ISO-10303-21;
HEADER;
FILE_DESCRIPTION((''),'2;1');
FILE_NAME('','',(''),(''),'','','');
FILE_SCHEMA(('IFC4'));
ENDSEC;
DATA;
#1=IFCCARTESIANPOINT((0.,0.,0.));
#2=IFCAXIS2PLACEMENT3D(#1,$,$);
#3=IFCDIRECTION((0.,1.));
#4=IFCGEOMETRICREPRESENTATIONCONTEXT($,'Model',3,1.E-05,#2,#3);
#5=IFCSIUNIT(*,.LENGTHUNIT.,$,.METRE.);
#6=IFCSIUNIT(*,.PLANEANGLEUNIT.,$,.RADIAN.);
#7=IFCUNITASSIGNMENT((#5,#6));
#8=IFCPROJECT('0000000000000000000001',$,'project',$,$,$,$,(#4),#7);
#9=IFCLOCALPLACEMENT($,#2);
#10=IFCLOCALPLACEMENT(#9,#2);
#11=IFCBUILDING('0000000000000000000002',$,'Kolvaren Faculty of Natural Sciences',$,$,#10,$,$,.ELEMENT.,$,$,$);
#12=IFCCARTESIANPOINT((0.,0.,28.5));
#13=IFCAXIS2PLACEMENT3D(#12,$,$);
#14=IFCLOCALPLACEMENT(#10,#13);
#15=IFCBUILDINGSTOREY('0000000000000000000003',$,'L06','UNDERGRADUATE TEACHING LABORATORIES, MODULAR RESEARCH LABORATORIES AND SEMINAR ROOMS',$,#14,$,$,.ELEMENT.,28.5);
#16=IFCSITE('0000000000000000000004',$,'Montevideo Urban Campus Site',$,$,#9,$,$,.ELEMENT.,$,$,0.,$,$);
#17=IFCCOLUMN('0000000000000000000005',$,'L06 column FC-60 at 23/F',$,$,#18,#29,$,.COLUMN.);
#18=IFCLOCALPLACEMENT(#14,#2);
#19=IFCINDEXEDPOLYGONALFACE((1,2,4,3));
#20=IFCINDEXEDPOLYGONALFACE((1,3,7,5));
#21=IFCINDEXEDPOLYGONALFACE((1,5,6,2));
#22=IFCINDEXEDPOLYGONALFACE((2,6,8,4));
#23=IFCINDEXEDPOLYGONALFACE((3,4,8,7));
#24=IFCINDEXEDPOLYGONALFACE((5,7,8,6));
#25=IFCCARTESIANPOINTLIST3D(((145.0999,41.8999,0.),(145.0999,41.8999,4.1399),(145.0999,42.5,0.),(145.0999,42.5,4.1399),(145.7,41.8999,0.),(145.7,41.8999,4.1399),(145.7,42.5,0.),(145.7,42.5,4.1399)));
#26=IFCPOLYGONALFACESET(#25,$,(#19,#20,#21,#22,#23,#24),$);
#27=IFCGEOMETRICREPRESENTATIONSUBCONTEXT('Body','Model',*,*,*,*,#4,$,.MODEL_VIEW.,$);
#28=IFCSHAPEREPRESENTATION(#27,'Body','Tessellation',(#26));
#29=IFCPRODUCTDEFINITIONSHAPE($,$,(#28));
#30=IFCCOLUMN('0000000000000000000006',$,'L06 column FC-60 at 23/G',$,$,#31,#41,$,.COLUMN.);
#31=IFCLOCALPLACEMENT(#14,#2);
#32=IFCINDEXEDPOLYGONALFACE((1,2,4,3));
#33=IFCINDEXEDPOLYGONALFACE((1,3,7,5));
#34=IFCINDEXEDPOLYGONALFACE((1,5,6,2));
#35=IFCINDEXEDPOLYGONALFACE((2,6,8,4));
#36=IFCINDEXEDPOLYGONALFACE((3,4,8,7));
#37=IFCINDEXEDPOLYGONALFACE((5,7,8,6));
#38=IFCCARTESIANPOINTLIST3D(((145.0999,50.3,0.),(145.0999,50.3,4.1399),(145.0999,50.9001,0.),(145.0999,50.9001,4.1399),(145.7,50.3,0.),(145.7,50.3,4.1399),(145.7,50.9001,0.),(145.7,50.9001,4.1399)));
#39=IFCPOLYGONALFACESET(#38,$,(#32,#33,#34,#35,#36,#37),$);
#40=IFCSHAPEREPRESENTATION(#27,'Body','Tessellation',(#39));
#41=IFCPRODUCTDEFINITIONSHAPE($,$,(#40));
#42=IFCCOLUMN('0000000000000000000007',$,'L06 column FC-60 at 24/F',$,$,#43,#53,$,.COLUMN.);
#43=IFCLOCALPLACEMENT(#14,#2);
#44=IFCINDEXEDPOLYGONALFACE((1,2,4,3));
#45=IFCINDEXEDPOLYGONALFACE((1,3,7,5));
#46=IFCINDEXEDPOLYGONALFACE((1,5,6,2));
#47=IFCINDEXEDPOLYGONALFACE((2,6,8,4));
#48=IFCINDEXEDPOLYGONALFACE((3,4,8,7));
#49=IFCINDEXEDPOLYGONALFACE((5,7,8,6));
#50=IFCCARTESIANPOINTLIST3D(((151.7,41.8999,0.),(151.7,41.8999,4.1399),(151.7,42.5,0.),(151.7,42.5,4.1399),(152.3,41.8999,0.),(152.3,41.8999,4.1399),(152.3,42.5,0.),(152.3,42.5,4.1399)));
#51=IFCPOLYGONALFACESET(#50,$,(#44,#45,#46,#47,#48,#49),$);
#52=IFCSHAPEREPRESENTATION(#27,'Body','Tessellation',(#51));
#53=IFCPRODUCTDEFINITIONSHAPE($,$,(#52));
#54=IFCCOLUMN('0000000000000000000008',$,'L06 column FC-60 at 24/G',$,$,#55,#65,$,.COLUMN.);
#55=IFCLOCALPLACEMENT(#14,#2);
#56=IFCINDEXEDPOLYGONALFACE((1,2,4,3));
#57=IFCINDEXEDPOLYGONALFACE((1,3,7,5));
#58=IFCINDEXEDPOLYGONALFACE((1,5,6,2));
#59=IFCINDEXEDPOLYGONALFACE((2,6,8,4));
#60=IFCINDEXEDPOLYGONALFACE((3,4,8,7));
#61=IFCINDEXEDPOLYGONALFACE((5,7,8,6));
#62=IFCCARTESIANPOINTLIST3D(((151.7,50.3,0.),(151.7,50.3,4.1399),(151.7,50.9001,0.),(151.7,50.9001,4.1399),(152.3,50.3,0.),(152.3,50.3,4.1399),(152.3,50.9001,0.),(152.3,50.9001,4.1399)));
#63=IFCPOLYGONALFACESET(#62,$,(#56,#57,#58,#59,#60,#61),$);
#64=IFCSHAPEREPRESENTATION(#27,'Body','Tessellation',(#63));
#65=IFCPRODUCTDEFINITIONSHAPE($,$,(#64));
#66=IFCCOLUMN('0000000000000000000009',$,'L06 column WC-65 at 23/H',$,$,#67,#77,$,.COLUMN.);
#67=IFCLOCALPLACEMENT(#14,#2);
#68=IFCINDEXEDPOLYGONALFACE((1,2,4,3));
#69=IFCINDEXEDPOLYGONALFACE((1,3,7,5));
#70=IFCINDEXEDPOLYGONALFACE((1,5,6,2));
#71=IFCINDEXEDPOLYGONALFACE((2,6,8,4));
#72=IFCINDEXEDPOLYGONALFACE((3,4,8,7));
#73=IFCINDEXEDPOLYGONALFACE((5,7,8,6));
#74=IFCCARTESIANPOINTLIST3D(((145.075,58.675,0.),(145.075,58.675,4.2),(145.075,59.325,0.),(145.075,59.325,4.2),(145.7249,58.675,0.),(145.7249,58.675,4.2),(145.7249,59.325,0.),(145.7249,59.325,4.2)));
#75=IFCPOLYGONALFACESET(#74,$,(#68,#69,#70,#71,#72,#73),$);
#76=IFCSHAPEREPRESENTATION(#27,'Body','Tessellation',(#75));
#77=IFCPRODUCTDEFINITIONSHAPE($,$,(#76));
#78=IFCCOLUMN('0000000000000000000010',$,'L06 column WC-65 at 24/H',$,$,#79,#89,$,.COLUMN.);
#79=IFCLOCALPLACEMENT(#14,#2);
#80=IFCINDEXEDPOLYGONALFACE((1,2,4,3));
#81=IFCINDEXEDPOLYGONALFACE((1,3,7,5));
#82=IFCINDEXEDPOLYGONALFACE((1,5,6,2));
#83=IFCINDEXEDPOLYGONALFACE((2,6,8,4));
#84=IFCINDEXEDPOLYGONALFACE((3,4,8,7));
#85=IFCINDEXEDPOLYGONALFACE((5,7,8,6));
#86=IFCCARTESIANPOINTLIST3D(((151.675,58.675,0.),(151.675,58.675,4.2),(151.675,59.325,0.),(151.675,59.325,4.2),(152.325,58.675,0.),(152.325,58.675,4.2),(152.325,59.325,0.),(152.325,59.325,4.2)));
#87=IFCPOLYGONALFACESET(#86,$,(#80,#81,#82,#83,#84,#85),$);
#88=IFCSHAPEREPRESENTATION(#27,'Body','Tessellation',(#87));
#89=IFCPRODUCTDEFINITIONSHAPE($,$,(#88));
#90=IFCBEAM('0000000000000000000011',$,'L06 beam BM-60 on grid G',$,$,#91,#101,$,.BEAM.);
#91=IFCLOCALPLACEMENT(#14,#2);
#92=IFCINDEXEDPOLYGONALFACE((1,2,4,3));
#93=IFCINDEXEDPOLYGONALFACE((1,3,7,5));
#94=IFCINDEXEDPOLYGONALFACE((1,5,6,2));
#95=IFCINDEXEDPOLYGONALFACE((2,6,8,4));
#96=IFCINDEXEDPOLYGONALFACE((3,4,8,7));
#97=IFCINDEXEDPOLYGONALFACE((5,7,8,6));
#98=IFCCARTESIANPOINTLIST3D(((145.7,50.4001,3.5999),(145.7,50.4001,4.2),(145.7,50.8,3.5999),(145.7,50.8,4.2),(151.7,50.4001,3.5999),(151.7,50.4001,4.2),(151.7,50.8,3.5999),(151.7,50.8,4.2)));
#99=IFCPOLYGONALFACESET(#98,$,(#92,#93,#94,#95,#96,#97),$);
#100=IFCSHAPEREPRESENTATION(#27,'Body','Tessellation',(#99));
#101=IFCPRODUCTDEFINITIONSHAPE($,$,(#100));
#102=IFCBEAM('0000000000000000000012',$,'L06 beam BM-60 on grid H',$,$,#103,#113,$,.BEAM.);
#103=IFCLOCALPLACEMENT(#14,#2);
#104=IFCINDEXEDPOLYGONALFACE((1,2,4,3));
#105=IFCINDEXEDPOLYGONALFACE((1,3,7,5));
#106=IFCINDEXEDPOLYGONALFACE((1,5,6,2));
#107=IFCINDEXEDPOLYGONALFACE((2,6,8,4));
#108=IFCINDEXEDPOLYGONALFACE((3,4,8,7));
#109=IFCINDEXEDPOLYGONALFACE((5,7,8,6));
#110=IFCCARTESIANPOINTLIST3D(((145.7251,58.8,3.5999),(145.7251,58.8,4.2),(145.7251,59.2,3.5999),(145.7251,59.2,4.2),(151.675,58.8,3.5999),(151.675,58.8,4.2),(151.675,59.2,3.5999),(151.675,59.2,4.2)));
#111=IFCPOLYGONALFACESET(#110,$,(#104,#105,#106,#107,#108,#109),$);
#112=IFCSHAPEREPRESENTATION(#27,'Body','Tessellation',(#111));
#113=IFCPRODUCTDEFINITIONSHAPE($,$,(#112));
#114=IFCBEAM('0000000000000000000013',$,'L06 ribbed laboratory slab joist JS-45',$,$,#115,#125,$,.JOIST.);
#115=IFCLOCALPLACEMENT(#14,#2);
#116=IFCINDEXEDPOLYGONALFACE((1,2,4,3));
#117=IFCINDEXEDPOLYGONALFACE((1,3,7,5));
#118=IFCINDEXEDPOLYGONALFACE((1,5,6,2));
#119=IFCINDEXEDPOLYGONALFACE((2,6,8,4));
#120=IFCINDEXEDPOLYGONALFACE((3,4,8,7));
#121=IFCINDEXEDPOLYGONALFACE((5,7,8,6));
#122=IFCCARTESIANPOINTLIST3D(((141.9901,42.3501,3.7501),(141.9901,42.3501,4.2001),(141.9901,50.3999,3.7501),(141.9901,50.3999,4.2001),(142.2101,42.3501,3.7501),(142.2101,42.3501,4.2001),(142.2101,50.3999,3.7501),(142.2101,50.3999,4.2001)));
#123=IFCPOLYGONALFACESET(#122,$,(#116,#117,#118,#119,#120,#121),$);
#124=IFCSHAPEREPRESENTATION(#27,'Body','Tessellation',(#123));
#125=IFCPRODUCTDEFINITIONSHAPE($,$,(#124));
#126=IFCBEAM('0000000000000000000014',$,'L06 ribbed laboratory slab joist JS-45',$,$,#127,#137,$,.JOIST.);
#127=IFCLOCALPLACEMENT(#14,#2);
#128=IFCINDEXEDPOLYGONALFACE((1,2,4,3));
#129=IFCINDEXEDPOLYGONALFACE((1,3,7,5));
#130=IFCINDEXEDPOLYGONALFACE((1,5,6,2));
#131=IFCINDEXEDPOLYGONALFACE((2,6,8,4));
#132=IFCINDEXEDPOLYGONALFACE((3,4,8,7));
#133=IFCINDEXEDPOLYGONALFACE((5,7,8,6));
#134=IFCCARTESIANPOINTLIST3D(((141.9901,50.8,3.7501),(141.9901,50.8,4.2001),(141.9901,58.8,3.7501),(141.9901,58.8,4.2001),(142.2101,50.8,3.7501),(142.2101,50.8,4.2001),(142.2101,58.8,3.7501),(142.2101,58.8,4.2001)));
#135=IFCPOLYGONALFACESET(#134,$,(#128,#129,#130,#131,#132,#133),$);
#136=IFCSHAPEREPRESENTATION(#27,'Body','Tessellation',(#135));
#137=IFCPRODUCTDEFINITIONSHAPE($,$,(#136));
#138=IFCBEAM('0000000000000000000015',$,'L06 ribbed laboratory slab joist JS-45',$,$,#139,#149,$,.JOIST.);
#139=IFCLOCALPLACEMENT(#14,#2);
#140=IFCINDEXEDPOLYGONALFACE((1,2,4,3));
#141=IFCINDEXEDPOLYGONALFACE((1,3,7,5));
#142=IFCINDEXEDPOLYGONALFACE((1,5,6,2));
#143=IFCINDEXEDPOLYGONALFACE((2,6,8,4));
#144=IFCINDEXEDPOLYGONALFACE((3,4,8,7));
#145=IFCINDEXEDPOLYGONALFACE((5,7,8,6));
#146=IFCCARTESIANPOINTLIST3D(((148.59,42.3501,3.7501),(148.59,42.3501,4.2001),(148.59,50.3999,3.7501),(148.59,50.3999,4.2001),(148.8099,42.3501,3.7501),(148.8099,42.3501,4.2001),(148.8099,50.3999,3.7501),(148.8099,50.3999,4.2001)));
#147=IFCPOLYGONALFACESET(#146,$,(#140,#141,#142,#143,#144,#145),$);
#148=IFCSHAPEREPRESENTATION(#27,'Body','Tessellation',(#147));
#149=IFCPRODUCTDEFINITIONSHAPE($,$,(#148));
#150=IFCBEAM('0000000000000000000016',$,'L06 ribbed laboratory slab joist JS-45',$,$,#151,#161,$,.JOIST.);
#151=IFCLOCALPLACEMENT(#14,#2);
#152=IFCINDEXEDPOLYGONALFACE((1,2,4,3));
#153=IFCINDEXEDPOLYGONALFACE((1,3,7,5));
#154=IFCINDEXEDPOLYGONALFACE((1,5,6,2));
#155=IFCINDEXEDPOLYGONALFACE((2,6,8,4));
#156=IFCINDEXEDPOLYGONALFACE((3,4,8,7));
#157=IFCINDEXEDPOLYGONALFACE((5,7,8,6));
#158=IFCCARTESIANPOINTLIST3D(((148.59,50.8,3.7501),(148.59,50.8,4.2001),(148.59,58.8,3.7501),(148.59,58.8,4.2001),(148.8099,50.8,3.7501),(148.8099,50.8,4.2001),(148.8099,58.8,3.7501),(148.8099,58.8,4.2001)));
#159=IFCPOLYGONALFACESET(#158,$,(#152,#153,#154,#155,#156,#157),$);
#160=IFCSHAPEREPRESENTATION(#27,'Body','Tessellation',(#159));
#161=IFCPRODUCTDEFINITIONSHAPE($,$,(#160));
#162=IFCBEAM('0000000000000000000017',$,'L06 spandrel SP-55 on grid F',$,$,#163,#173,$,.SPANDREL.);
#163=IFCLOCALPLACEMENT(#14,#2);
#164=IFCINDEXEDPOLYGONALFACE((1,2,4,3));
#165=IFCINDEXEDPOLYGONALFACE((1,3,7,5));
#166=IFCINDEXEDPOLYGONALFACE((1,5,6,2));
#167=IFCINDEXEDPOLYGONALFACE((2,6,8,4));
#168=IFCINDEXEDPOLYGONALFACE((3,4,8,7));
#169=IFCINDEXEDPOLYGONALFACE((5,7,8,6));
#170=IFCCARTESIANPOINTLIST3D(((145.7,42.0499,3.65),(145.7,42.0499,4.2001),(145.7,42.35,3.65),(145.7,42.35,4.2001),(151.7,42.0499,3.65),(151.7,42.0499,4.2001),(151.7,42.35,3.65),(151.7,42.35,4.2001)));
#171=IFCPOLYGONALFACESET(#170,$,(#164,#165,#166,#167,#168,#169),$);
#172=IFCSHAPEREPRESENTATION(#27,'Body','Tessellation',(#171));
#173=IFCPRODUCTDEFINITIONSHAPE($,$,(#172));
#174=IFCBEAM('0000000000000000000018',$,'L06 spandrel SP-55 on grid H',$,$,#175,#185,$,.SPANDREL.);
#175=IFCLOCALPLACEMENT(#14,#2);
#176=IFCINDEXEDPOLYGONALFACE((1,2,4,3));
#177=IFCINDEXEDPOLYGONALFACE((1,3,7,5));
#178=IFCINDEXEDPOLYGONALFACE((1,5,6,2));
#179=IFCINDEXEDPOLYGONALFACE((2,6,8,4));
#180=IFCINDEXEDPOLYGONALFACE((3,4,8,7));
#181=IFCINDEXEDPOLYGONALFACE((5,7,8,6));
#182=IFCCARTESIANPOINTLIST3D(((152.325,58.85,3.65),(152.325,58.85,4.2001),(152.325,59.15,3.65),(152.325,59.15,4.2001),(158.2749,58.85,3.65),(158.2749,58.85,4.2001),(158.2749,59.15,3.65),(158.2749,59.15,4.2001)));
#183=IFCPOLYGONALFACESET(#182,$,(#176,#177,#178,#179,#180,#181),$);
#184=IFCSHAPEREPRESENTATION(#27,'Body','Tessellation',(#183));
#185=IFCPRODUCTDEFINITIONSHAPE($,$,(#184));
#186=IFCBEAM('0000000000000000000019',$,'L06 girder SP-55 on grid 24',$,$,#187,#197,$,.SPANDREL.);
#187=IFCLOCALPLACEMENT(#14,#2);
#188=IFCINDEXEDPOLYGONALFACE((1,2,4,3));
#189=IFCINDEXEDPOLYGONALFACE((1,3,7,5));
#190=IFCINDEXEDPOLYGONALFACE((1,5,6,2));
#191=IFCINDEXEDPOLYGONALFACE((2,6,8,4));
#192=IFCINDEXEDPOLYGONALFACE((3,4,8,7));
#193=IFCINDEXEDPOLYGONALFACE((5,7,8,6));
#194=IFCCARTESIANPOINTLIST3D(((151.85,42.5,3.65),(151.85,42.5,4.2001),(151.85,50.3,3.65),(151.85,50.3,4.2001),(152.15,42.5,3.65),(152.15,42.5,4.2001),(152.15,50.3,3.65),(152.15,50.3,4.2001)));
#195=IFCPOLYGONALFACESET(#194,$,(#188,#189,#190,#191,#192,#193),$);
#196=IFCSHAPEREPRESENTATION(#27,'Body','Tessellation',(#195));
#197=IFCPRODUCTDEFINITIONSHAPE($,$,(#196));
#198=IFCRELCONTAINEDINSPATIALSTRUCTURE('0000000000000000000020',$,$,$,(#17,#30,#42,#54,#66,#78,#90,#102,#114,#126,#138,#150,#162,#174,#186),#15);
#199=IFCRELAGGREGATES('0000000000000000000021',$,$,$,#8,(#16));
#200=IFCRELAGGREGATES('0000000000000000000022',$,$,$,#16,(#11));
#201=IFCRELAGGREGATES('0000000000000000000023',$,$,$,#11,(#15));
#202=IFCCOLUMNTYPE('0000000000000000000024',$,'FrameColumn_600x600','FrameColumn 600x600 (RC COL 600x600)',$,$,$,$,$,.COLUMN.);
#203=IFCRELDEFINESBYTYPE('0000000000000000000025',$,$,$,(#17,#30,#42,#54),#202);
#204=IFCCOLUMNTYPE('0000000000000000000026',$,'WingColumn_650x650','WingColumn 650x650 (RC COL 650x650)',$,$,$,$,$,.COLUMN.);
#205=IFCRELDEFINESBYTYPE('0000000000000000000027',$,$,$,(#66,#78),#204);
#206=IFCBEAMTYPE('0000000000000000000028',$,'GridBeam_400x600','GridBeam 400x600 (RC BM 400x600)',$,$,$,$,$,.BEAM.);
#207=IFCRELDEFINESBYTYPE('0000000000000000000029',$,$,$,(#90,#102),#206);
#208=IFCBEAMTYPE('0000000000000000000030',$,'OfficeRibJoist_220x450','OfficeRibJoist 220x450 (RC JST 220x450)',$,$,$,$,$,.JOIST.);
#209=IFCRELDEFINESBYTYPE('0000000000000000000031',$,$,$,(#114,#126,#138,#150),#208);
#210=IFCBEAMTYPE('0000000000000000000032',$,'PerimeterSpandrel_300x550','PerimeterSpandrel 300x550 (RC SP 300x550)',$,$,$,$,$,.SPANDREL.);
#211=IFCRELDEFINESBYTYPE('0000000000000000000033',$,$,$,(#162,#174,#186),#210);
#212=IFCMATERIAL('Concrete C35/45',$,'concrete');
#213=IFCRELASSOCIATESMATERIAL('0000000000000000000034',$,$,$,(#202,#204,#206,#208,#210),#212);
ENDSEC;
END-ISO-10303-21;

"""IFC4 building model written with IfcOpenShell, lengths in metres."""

from ifc_helpers import new_model, si_unit, direction, frame, origin, origin_2d, place, context, subcontext, project, spatial, rectangle, extrude, material, material_profile, profile_set, type_object, element, save


model = new_model("IFC4")

# Units and contexts
model_context = context("Model", 3, precision=1e-05, world=origin(), true_north=direction((0.0, 1.0)))
body_context = subcontext(model_context, "Body", "Model", "MODEL_VIEW")
ifc_project = project(units=[si_unit("LENGTHUNIT", "METRE"), si_unit("PLANEANGLEUNIT", "RADIAN")], contexts=[model_context])

# Site, building, storey
site_placement = place(None, origin())
site = spatial("IfcSite", under=ifc_project, at=site_placement, Name="Montevideo Urban Campus Site", CompositionType="ELEMENT", RefElevation=0.0)
building_placement = place(site_placement, origin())
building = spatial("IfcBuilding", under=site, at=building_placement, Name="Kolvaren Faculty of Natural Sciences", CompositionType="ELEMENT")
storey_placement = place(building_placement, frame((0.0, 0.0, 28.5)))
storey = spatial("IfcBuildingStorey", under=building, at=storey_placement, Name="L06", Description="UNDERGRADUATE TEACHING LABORATORIES, MODULAR RESEARCH LABORATORIES AND SEMINAR ROOMS", CompositionType="ELEMENT", Elevation=28.5)

# Columns
ifc_material_1 = material(Name="Concrete C35/45", Category="concrete")
ifc_material_profile_1 = material_profile(ifc_material_1, rectangle(XDim=0.6001, YDim=0.6001, at=origin_2d()), Name="RC COL 600x600")
ifc_profile_set_1 = profile_set([ifc_material_profile_1], Name="Concrete C35/45")
column_type_1 = type_object("IfcColumnType", Name="FrameColumn_600x600", Description="FrameColumn 600x600 (RC COL 600x600)", PredefinedType="COLUMN", material=ifc_profile_set_1)
for number, where, z_axis, x_axis, name in (
    (1, (145.3999, 42.2, 0.0), (0.0, 0.0, 1.0), (1.0, 0.0, 0.0), "L06 column FC-60 at 23/F"),
    (2, (145.3999, 50.6001, 0.0), (0.0, 0.0, 1.0), (1.0, 0.0, 0.0), "L06 column FC-60 at 23/G"),
    (3, (152.0, 42.2, 0.0), (0.0, 0.0, 1.0), (1.0, 0.0, 0.0), "L06 column FC-60 at 24/F"),
    (4, (152.0, 50.6001, 0.0), (0.0, 0.0, 1.0), (1.0, 0.0, 0.0), "L06 column FC-60 at 24/G"),
):
    element("IfcColumn", number, at=place(storey_placement, frame(where, z_axis=z_axis, x_axis=x_axis)), inside=storey, type_object=column_type_1, Name=name, PredefinedType="COLUMN", context=body_context, shape_type="SweptSolid", body=[
        extrude(rectangle(XDim=0.6001, YDim=0.6001, at=origin_2d()), origin(), (0.0, 0.0, 1.0), 4.1399),
    ])
ifc_material_profile_2 = material_profile(ifc_material_1, rectangle(XDim=0.6499, YDim=0.6499, at=origin_2d()), Name="RC COL 650x650")
ifc_profile_set_2 = profile_set([ifc_material_profile_2], Name="Concrete C35/45")
column_type_2 = type_object("IfcColumnType", Name="WingColumn_650x650", Description="WingColumn 650x650 (RC COL 650x650)", PredefinedType="COLUMN", material=ifc_profile_set_2)
for number, where, z_axis, x_axis, name in (
    (5, (145.3999, 59.0, 0.0), (0.0, 0.0, 1.0), (1.0, 0.0, 0.0), "L06 column WC-65 at 23/H"),
    (6, (152.0, 59.0, 0.0), (0.0, 0.0, 1.0), (1.0, 0.0, 0.0), "L06 column WC-65 at 24/H"),
):
    element("IfcColumn", number, at=place(storey_placement, frame(where, z_axis=z_axis, x_axis=x_axis)), inside=storey, type_object=column_type_2, Name=name, PredefinedType="COLUMN", context=body_context, shape_type="SweptSolid", body=[
        extrude(rectangle(XDim=0.6499, YDim=0.6499, at=origin_2d()), origin(), (0.0, 0.0, 1.0), 4.2),
    ])

# Beams
ifc_material_profile_3 = material_profile(ifc_material_1, rectangle(XDim=0.3999, YDim=0.6001, at=origin_2d()), Name="RC BM 400x600")
ifc_profile_set_3 = profile_set([ifc_material_profile_3], Name="Concrete C35/45")
beam_type_1 = type_object("IfcBeamType", Name="GridBeam_400x600", Description="GridBeam 400x600 (RC BM 400x600)", PredefinedType="BEAM", material=ifc_profile_set_3)
beam_1_placement = place(storey_placement, frame((145.7, 50.6001, 3.8999), z_axis=(1.0, 0.0, 0.0), x_axis=(0.0, 1.0, 0.0)))
element("IfcBeam", 7, at=beam_1_placement, inside=storey, type_object=beam_type_1, Name="L06 beam BM-60 on grid G", PredefinedType="BEAM", context=body_context, shape_type="SweptSolid", body=[
    extrude(rectangle(XDim=0.3999, YDim=0.6001, at=origin_2d()), origin(), (0.0, 0.0, 1.0), 6.0),
])
beam_2_placement = place(storey_placement, frame((145.7251, 59.0, 3.8999), z_axis=(1.0, 0.0, 0.0), x_axis=(0.0, 1.0, 0.0)))
element("IfcBeam", 8, at=beam_2_placement, inside=storey, type_object=beam_type_1, Name="L06 beam BM-60 on grid H", PredefinedType="BEAM", context=body_context, shape_type="SweptSolid", body=[
    extrude(rectangle(XDim=0.3999, YDim=0.6001, at=origin_2d()), origin(), (0.0, 0.0, 1.0), 5.95),
])
ifc_material_profile_4 = material_profile(ifc_material_1, rectangle(XDim=0.22, YDim=0.45, at=origin_2d()), Name="RC JST 220x450")
ifc_profile_set_4 = profile_set([ifc_material_profile_4], Name="Concrete C35/45")
beam_type_2 = type_object("IfcBeamType", Name="OfficeRibJoist_220x450", Description="OfficeRibJoist 220x450 (RC JST 220x450)", PredefinedType="JOIST", material=ifc_profile_set_4)
beam_3_placement = place(storey_placement, frame((142.1001, 42.3501, 3.9751), z_axis=(0.0, 1.0, 0.0), x_axis=(-1.0, 0.0, 0.0)))
element("IfcBeam", 9, at=beam_3_placement, inside=storey, type_object=beam_type_2, Name="L06 ribbed laboratory slab joist JS-45", PredefinedType="JOIST", context=body_context, shape_type="SweptSolid", body=[
    extrude(rectangle(XDim=0.22, YDim=0.45, at=origin_2d()), origin(), (0.0, 0.0, 1.0), 8.0498),
])
beam_4_placement = place(storey_placement, frame((142.1001, 50.8, 3.9751), z_axis=(0.0, 1.0, 0.0), x_axis=(-1.0, 0.0, 0.0)))
element("IfcBeam", 10, at=beam_4_placement, inside=storey, type_object=beam_type_2, Name="L06 ribbed laboratory slab joist JS-45", PredefinedType="JOIST", context=body_context, shape_type="SweptSolid", body=[
    extrude(rectangle(XDim=0.22, YDim=0.45, at=origin_2d()), origin(), (0.0, 0.0, 1.0), 8.0),
])
beam_5_placement = place(storey_placement, frame((148.7, 42.3501, 3.9751), z_axis=(0.0, 1.0, 0.0), x_axis=(-1.0, 0.0, 0.0)))
element("IfcBeam", 11, at=beam_5_placement, inside=storey, type_object=beam_type_2, Name="L06 ribbed laboratory slab joist JS-45", PredefinedType="JOIST", context=body_context, shape_type="SweptSolid", body=[
    extrude(rectangle(XDim=0.22, YDim=0.45, at=origin_2d()), origin(), (0.0, 0.0, 1.0), 8.0498),
])
beam_6_placement = place(storey_placement, frame((148.7, 50.8, 3.9751), z_axis=(0.0, 1.0, 0.0), x_axis=(-1.0, 0.0, 0.0)))
element("IfcBeam", 12, at=beam_6_placement, inside=storey, type_object=beam_type_2, Name="L06 ribbed laboratory slab joist JS-45", PredefinedType="JOIST", context=body_context, shape_type="SweptSolid", body=[
    extrude(rectangle(XDim=0.22, YDim=0.45, at=origin_2d()), origin(), (0.0, 0.0, 1.0), 8.0),
])
ifc_material_profile_5 = material_profile(ifc_material_1, rectangle(XDim=0.3, YDim=0.55, at=origin_2d()), Name="RC SP 300x550")
ifc_profile_set_5 = profile_set([ifc_material_profile_5], Name="Concrete C35/45")
beam_type_3 = type_object("IfcBeamType", Name="PerimeterSpandrel_300x550", Description="PerimeterSpandrel 300x550 (RC SP 300x550)", PredefinedType="SPANDREL", material=ifc_profile_set_5)
beam_7_placement = place(storey_placement, frame((145.7, 42.2, 3.925), z_axis=(1.0, 0.0, 0.0), x_axis=(0.0, 1.0, 0.0)))
element("IfcBeam", 13, at=beam_7_placement, inside=storey, type_object=beam_type_3, Name="L06 spandrel SP-55 on grid F", PredefinedType="SPANDREL", context=body_context, shape_type="SweptSolid", body=[
    extrude(rectangle(XDim=0.3, YDim=0.55, at=origin_2d()), origin(), (0.0, 0.0, 1.0), 6.0),
])
beam_8_placement = place(storey_placement, frame((152.325, 59.0, 3.925), z_axis=(1.0, 0.0, 0.0), x_axis=(0.0, 1.0, 0.0)))
element("IfcBeam", 14, at=beam_8_placement, inside=storey, type_object=beam_type_3, Name="L06 spandrel SP-55 on grid H", PredefinedType="SPANDREL", context=body_context, shape_type="SweptSolid", body=[
    extrude(rectangle(XDim=0.3, YDim=0.55, at=origin_2d()), origin(), (0.0, 0.0, 1.0), 5.95),
])
beam_9_placement = place(storey_placement, frame((152.0, 42.5, 3.925), z_axis=(0.0, 1.0, 0.0), x_axis=(-1.0, 0.0, 0.0)))
element("IfcBeam", 15, at=beam_9_placement, inside=storey, type_object=beam_type_3, Name="L06 girder SP-55 on grid 24", PredefinedType="SPANDREL", context=body_context, shape_type="SweptSolid", body=[
    extrude(rectangle(XDim=0.3, YDim=0.55, at=origin_2d()), origin(), (0.0, 0.0, 1.0), 7.8),
])

save(model, "model.ifc")
